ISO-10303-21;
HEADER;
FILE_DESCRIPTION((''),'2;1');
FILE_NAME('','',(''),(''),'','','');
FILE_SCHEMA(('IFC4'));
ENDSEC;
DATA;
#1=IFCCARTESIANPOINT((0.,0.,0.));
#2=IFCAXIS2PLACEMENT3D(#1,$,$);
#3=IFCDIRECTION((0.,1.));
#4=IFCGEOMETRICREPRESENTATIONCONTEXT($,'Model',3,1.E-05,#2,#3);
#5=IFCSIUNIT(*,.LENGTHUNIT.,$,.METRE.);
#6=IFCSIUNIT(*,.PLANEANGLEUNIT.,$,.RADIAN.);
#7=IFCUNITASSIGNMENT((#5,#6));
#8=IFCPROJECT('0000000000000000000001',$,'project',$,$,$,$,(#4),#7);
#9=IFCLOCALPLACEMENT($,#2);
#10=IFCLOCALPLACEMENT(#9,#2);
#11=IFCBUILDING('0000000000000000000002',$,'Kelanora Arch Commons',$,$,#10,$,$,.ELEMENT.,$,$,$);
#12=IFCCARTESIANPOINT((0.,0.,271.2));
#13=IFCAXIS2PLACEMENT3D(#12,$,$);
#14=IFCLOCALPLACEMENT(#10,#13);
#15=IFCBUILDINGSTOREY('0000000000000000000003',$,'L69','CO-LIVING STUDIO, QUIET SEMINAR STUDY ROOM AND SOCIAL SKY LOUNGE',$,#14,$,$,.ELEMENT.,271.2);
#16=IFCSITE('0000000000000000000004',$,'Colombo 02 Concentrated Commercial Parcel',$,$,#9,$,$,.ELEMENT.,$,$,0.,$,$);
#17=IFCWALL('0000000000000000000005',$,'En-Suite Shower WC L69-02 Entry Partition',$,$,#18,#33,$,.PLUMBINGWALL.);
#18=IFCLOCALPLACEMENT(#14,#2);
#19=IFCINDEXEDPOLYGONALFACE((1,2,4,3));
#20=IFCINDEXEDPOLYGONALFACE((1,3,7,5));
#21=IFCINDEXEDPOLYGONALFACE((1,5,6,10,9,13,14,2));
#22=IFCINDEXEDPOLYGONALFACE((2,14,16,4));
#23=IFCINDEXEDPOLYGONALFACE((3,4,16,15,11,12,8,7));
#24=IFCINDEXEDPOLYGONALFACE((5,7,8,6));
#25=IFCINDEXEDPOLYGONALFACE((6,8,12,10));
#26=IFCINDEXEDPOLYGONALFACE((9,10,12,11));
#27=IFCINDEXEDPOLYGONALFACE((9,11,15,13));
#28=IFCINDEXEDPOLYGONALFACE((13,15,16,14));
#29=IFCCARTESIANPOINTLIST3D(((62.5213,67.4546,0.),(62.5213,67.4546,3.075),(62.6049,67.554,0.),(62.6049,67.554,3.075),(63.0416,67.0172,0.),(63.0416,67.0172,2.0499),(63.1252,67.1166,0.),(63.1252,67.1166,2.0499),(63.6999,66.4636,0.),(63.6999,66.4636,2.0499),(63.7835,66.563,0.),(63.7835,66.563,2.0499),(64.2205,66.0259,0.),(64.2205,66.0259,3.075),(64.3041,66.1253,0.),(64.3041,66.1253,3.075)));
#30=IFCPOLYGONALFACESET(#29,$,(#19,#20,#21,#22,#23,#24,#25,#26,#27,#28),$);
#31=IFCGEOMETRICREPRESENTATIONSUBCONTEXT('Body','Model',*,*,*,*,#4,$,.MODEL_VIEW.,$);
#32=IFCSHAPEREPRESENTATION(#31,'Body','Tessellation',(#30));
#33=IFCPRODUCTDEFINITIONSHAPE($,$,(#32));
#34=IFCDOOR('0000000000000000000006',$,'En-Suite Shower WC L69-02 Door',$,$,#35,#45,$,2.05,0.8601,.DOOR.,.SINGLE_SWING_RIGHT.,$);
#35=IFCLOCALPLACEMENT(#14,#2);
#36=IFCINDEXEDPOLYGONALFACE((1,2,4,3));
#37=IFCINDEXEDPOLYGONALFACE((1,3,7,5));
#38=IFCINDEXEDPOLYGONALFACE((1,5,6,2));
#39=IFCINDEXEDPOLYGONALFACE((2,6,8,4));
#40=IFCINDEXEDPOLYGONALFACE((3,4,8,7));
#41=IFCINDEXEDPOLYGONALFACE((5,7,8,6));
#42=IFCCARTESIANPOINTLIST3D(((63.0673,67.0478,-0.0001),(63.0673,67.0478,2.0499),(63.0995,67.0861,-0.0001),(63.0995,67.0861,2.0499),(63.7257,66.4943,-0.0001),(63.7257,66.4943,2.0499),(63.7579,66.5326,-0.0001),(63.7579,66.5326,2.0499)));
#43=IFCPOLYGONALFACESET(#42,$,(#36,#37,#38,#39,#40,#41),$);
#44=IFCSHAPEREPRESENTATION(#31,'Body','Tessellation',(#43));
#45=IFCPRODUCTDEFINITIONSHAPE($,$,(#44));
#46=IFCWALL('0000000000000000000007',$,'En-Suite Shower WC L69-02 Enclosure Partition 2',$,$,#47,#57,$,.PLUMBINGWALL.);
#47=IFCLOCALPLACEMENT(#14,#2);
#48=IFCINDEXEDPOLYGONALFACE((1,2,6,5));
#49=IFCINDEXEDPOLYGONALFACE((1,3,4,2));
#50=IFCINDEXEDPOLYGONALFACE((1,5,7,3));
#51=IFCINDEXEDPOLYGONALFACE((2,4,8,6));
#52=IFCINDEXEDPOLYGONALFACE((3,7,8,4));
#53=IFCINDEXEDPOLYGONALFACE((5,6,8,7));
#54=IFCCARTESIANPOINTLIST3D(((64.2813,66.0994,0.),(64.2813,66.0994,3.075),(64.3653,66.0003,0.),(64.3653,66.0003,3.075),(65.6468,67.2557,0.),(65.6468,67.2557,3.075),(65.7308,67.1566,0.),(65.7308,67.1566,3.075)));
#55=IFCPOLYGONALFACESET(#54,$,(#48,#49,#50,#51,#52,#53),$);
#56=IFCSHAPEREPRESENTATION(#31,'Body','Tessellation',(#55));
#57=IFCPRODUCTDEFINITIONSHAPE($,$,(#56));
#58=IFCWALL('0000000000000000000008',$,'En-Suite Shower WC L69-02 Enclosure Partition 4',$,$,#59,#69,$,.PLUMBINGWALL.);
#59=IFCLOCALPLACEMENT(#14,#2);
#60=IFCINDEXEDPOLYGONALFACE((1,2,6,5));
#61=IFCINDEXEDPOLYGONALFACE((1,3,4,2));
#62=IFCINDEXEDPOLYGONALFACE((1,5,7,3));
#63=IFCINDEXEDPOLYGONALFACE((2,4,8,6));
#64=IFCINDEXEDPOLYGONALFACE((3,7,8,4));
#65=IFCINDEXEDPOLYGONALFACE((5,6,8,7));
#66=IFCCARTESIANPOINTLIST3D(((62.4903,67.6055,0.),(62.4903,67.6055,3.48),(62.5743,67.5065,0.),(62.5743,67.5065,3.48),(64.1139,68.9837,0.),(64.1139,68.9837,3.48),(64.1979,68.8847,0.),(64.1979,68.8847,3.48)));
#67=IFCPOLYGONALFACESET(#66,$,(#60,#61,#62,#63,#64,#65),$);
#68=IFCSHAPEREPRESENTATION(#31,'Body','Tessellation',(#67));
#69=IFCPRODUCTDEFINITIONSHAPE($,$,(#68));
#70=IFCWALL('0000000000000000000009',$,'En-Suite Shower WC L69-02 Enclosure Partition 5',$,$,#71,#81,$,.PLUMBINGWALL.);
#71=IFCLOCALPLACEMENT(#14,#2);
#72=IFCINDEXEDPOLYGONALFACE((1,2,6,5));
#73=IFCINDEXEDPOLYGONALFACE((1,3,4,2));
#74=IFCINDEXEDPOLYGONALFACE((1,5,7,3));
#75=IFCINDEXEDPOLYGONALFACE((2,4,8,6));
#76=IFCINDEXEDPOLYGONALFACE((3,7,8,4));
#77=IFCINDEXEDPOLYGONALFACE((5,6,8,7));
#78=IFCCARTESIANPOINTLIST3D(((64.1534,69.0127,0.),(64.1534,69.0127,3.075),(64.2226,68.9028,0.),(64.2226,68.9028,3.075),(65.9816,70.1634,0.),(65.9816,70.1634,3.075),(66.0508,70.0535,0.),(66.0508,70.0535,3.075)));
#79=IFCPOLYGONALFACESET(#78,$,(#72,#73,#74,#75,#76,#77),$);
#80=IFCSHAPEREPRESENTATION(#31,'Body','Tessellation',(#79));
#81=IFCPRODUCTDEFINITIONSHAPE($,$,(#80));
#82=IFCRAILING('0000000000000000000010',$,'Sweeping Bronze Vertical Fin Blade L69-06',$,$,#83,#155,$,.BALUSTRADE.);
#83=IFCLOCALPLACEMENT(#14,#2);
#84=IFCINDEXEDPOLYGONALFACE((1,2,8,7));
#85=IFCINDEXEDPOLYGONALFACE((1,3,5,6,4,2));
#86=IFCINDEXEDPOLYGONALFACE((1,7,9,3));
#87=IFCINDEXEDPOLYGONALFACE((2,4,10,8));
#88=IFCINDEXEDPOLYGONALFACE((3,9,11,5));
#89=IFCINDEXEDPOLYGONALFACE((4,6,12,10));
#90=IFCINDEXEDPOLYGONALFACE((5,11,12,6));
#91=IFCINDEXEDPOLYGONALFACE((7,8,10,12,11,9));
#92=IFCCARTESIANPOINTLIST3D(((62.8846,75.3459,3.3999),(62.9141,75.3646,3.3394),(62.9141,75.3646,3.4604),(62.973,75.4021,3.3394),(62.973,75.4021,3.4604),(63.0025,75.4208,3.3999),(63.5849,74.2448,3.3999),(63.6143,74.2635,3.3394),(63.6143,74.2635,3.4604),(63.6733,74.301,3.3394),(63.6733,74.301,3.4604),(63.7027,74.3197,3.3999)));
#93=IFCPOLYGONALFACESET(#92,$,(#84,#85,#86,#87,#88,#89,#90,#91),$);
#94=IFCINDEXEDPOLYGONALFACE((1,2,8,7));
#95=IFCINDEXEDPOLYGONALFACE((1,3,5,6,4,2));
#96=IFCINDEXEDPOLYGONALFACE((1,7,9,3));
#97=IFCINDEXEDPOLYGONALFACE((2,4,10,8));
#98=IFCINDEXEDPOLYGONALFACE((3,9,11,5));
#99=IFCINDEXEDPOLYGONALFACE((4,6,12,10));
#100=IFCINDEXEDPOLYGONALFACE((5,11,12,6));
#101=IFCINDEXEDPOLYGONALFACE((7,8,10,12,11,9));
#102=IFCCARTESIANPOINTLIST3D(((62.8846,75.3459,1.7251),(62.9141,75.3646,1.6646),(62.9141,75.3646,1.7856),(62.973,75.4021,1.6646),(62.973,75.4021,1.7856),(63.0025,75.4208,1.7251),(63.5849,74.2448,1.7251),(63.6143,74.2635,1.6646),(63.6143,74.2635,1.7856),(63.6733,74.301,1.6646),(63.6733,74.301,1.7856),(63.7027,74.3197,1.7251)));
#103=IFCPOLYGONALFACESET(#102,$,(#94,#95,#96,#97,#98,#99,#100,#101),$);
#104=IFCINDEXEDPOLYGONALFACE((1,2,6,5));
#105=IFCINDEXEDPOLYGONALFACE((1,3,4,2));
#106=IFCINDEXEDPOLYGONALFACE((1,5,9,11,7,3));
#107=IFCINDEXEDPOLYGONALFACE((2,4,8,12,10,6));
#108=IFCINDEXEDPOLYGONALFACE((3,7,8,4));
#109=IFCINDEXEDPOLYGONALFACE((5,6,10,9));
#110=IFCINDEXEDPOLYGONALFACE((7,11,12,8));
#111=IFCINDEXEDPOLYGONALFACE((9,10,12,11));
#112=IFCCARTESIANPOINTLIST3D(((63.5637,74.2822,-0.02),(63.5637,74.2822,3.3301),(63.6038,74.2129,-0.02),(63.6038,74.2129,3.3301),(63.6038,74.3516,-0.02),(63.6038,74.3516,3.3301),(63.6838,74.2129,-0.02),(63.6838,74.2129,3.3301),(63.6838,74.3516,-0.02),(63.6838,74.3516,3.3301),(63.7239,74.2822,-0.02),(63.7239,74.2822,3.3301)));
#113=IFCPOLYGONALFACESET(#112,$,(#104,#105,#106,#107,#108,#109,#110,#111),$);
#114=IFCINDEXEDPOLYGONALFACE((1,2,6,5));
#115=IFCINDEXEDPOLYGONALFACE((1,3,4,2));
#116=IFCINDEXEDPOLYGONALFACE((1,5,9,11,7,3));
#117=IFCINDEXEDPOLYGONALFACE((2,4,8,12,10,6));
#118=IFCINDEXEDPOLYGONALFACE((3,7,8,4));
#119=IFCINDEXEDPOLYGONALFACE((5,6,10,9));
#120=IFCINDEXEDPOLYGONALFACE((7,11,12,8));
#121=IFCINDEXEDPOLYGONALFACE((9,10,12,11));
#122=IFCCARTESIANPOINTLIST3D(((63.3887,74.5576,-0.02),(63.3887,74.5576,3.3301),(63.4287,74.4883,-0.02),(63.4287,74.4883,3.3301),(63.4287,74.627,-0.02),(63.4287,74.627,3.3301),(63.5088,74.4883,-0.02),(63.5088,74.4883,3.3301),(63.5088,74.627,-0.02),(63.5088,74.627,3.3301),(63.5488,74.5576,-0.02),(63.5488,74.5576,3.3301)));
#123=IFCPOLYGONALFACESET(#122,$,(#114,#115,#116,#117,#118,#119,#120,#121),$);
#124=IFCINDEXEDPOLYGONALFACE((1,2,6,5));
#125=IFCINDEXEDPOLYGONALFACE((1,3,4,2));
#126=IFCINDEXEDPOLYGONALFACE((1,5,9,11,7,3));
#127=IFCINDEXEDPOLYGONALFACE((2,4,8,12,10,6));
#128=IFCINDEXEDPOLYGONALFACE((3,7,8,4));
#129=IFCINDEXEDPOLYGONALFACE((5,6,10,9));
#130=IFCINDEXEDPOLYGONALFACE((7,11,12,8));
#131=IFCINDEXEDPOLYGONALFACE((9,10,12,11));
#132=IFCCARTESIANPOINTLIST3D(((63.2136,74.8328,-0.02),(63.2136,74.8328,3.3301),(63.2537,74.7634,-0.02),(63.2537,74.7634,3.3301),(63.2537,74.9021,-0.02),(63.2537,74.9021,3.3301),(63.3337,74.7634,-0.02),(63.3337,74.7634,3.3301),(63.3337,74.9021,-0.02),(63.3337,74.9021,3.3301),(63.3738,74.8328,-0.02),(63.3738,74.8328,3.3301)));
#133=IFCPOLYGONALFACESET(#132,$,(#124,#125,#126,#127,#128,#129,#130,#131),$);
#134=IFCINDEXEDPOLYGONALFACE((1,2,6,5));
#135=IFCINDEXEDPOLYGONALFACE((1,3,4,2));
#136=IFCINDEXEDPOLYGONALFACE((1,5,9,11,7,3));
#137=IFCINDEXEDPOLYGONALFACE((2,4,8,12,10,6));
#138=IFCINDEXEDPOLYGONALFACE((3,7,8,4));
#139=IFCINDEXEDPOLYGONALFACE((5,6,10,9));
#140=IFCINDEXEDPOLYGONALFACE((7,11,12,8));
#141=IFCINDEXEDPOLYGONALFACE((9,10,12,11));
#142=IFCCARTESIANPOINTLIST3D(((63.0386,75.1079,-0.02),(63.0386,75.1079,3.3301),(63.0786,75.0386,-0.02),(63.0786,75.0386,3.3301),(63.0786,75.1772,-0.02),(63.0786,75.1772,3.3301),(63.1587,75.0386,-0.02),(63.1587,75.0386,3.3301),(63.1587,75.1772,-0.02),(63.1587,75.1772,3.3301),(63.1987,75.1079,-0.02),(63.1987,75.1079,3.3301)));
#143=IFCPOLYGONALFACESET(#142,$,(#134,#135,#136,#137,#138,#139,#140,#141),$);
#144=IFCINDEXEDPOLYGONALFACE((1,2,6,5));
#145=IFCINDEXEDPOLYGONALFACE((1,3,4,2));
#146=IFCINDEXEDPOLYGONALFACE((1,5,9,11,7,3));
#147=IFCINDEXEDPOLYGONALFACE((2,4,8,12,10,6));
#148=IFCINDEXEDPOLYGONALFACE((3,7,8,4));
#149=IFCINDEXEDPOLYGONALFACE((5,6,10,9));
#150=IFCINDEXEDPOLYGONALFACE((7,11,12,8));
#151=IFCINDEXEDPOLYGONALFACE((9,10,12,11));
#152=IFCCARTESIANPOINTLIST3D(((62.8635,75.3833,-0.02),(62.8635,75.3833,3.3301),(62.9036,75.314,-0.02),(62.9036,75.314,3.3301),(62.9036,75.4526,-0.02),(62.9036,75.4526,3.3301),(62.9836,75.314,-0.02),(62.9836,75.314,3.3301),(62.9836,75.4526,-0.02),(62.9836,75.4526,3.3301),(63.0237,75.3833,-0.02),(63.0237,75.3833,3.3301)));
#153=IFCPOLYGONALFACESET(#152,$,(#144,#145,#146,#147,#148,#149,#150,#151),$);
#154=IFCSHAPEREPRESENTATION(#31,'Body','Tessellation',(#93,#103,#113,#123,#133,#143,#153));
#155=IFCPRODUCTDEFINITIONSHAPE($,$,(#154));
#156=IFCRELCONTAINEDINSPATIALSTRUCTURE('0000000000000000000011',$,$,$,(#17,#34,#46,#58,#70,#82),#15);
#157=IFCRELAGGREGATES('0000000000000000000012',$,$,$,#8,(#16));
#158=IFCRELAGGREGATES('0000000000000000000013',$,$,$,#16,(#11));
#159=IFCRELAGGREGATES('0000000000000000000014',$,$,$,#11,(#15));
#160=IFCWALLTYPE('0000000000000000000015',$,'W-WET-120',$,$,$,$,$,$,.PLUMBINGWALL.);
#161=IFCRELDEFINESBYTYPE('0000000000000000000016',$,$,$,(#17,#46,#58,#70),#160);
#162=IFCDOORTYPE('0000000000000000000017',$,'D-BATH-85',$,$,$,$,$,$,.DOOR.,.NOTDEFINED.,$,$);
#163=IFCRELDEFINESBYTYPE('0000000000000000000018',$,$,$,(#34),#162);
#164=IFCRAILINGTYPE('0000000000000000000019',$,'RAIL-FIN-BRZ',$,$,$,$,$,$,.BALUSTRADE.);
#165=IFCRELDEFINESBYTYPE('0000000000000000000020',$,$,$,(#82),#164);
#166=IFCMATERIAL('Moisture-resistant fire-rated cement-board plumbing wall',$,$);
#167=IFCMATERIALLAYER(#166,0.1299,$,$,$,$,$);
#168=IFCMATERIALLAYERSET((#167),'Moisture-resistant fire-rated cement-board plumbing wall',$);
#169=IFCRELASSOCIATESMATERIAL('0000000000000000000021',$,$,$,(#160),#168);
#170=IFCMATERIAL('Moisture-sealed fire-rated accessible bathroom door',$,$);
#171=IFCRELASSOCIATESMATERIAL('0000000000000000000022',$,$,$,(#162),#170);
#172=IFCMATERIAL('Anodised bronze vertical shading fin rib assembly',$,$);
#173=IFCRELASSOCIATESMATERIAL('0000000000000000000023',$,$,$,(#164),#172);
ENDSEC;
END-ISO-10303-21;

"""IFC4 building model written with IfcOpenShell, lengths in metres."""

from ifc_helpers import new_model, si_unit, direction, frame, frame_2d, origin, place, context, subcontext, project, spatial, polyline, rectangle, outline, extrude, material, layer, layer_set, type_object, element, fill, save


model = new_model("IFC4")

# Units and contexts
model_context = context("Model", 3, precision=1e-05, world=origin(), true_north=direction((0.0, 1.0)))
body_context = subcontext(model_context, "Body", "Model", "MODEL_VIEW")
ifc_project = project(units=[si_unit("LENGTHUNIT", "METRE"), si_unit("PLANEANGLEUNIT", "RADIAN")], contexts=[model_context])

# Site, building, storey
site_placement = place(None, origin())
site = spatial("IfcSite", under=ifc_project, at=site_placement, Name="Colombo 02 Concentrated Commercial Parcel", CompositionType="ELEMENT", RefElevation=0.0)
building_placement = place(site_placement, origin())
building = spatial("IfcBuilding", under=site, at=building_placement, Name="Kelanora Arch Commons", CompositionType="ELEMENT")
storey_placement = place(building_placement, frame((0.0, 0.0, 271.2)))
storey = spatial("IfcBuildingStorey", under=building, at=storey_placement, Name="L69", Description="CO-LIVING STUDIO, QUIET SEMINAR STUDY ROOM AND SOCIAL SKY LOUNGE", CompositionType="ELEMENT", Elevation=271.2)

# Wall, opening, door
ifc_material_1 = material(Name="Moisture-resistant fire-rated cement-board plumbing wall")
ifc_layer_1 = layer(ifc_material_1, 0.1299)
ifc_layer_set_1 = layer_set([ifc_layer_1], Name="Moisture-resistant fire-rated cement-board plumbing wall")
wall_type_1 = type_object("IfcWallType", Name="W-WET-120", PredefinedType="PLUMBINGWALL", material=ifc_layer_set_1)
wall_1_placement = place(storey_placement, frame((64.2622, 66.0757, 0.0), z_axis=(0.0, 0.0, 1.0), x_axis=(-0.765401, 0.643553, 0.0)))
wall_1 = element("IfcWall", 1, at=wall_1_placement, inside=storey, type_object=wall_type_1, Name="En-Suite Shower WC L69-02 Entry Partition", PredefinedType="PLUMBINGWALL", context=body_context, shape_type="SweptSolid", body=[
    extrude(rectangle(XDim=2.22, YDim=0.1299, at=frame_2d((1.1099, 0.0))), origin(), (0.0, 0.0, 1.0), 3.075),
])
opening_1_placement = place(wall_1_placement, frame((0.6799, 0.0, 0.0)))
opening_1 = element("IfcOpeningElement", 2, at=opening_1_placement, cuts=wall_1, PredefinedType="OPENING", context=body_context, shape_type="SweptSolid", body=[
    extrude(rectangle(XDim=0.8601, YDim=2.05, at=frame_2d((0.4302, 1.0249))), frame((0.0, 0.075, 0.0), z_axis=(0.0, -1.0, 0.0), x_axis=(1.0, 0.0, 0.0)), (0.0, 0.0, 1.0), 0.1499),
])
ifc_material_2 = material(Name="Moisture-sealed fire-rated accessible bathroom door")
door_type_1 = type_object("IfcDoorType", Name="D-BATH-85", OperationType="NOTDEFINED", PredefinedType="DOOR", material=ifc_material_2)
door_1_placement = place(opening_1_placement, origin())
door_1 = element("IfcDoor", 3, at=door_1_placement, inside=storey, type_object=door_type_1, Name="En-Suite Shower WC L69-02 Door", OperationType="SINGLE_SWING_RIGHT", OverallHeight=2.05, OverallWidth=0.8601, PredefinedType="DOOR", context=body_context, shape_type="SweptSolid", body=[
    extrude(rectangle(XDim=0.8601, YDim=2.05, at=frame_2d((0.4302, 1.0249))), frame((0.0, 0.0249, 0.0), z_axis=(0.0, -1.0, 0.0), x_axis=(1.0, 0.0, 0.0)), (0.0, 0.0, 1.0), 0.05),
])
fill(opening_1, door_1)

# Walls
wall_2_placement = place(storey_placement, frame((65.6887, 67.2061, 0.0), z_axis=(0.0, 0.0, 1.0), x_axis=(-0.763153, -0.646217, 0.0)))
element("IfcWall", 4, at=wall_2_placement, inside=storey, type_object=wall_type_1, Name="En-Suite Shower WC L69-02 Enclosure Partition 2", PredefinedType="PLUMBINGWALL", context=body_context, shape_type="SweptSolid", body=[
    extrude(rectangle(XDim=1.7893, YDim=0.1299, at=frame_2d((0.8945, 0.0))), origin(), (0.0, 0.0, 1.0), 3.075),
])
wall_3_placement = place(storey_placement, frame((62.5322, 67.5559, 0.0), z_axis=(0.0, 0.0, 1.0), x_axis=(0.762363, 0.647149, 0.0)))
element("IfcWall", 5, at=wall_3_placement, inside=storey, type_object=wall_type_1, Name="En-Suite Shower WC L69-02 Enclosure Partition 4", PredefinedType="PLUMBINGWALL", context=body_context, shape_type="SweptSolid", body=[
    extrude(rectangle(XDim=2.1296, YDim=0.1299, at=frame_2d((1.0649, 0.0))), origin(), (0.0, 0.0, 1.0), 3.48),
])
wall_4_placement = place(storey_placement, frame((64.188, 68.9578, 0.0), z_axis=(0.0, 0.0, 1.0), x_axis=(0.846318, 0.532678, 0.0)))
element("IfcWall", 6, at=wall_4_placement, inside=storey, type_object=wall_type_1, Name="En-Suite Shower WC L69-02 Enclosure Partition 5", PredefinedType="PLUMBINGWALL", context=body_context, shape_type="SweptSolid", body=[
    extrude(rectangle(XDim=2.1602, YDim=0.1299, at=frame_2d((1.0801, 0.0))), origin(), (0.0, 0.0, 1.0), 3.075),
])

# Railing
ifc_material_3 = material(Name="Anodised bronze vertical shading fin rib assembly")
railing_type = type_object("IfcRailingType", Name="RAIL-FIN-BRZ", PredefinedType="BALUSTRADE", material=ifc_material_3)
railing_1_placement = place(storey_placement, frame((63.6438, 74.2822, -0.02)))
element("IfcRailing", 7, at=railing_1_placement, inside=storey, type_object=railing_type, Name="Sweeping Bronze Vertical Fin Blade L69-06", PredefinedType="BALUSTRADE", context=body_context, shape_type="SweptSolid", body=[
    extrude(outline(polyline([(0.0698, 0.0), (0.0349, 0.0605), (-0.0349, 0.0605), (-0.0698, 0.0), (-0.0349, -0.0605), (0.0349, -0.0605), (0.0698, 0.0)])), frame((0.0, 0.0, 3.4199), z_axis=(-0.536609, 0.843831, 0.0), x_axis=(-0.843831, -0.536609, 0.0)), (0.0, 0.0, 1.0), 1.3049),
    extrude(outline(polyline([(0.0698, 0.0), (0.0349, 0.0605), (-0.0349, 0.0605), (-0.0698, 0.0), (-0.0349, -0.0605), (0.0349, -0.0605), (0.0698, 0.0)])), frame((0.0, 0.0, 1.7451), z_axis=(-0.536609, 0.843831, 0.0), x_axis=(-0.843831, -0.536609, 0.0)), (0.0, 0.0, 1.0), 1.3049),
    extrude(outline(polyline([(0.0801, 0.0), (0.04, 0.0693), (-0.04, 0.0693), (-0.0801, 0.0), (-0.04, -0.0693), (0.04, -0.0693), (0.0801, 0.0)])), origin(), (0.0, 0.0, 1.0), 3.3501),
    extrude(outline(polyline([(0.0801, 0.0), (0.04, 0.0693), (-0.04, 0.0693), (-0.0801, 0.0), (-0.04, -0.0693), (0.04, -0.0693), (0.0801, 0.0)])), frame((-0.175, 0.2754, 0.0)), (0.0, 0.0, 1.0), 3.3501),
    extrude(outline(polyline([(0.0801, 0.0), (0.04, 0.0693), (-0.04, 0.0693), (-0.0801, 0.0), (-0.04, -0.0693), (0.04, -0.0693), (0.0801, 0.0)])), frame((-0.3501, 0.5505, 0.0)), (0.0, 0.0, 1.0), 3.3501),
    extrude(outline(polyline([(0.0801, 0.0), (0.04, 0.0693), (-0.04, 0.0693), (-0.0801, 0.0), (-0.04, -0.0693), (0.04, -0.0693), (0.0801, 0.0)])), frame((-0.5251, 0.8257, 0.0)), (0.0, 0.0, 1.0), 3.3501),
    extrude(outline(polyline([(0.0801, 0.0), (0.04, 0.0693), (-0.04, 0.0693), (-0.0801, 0.0), (-0.04, -0.0693), (0.04, -0.0693), (0.0801, 0.0)])), frame((-0.7002, 1.1011, 0.0)), (0.0, 0.0, 1.0), 3.3501),
])

save(model, "model.ifc")
